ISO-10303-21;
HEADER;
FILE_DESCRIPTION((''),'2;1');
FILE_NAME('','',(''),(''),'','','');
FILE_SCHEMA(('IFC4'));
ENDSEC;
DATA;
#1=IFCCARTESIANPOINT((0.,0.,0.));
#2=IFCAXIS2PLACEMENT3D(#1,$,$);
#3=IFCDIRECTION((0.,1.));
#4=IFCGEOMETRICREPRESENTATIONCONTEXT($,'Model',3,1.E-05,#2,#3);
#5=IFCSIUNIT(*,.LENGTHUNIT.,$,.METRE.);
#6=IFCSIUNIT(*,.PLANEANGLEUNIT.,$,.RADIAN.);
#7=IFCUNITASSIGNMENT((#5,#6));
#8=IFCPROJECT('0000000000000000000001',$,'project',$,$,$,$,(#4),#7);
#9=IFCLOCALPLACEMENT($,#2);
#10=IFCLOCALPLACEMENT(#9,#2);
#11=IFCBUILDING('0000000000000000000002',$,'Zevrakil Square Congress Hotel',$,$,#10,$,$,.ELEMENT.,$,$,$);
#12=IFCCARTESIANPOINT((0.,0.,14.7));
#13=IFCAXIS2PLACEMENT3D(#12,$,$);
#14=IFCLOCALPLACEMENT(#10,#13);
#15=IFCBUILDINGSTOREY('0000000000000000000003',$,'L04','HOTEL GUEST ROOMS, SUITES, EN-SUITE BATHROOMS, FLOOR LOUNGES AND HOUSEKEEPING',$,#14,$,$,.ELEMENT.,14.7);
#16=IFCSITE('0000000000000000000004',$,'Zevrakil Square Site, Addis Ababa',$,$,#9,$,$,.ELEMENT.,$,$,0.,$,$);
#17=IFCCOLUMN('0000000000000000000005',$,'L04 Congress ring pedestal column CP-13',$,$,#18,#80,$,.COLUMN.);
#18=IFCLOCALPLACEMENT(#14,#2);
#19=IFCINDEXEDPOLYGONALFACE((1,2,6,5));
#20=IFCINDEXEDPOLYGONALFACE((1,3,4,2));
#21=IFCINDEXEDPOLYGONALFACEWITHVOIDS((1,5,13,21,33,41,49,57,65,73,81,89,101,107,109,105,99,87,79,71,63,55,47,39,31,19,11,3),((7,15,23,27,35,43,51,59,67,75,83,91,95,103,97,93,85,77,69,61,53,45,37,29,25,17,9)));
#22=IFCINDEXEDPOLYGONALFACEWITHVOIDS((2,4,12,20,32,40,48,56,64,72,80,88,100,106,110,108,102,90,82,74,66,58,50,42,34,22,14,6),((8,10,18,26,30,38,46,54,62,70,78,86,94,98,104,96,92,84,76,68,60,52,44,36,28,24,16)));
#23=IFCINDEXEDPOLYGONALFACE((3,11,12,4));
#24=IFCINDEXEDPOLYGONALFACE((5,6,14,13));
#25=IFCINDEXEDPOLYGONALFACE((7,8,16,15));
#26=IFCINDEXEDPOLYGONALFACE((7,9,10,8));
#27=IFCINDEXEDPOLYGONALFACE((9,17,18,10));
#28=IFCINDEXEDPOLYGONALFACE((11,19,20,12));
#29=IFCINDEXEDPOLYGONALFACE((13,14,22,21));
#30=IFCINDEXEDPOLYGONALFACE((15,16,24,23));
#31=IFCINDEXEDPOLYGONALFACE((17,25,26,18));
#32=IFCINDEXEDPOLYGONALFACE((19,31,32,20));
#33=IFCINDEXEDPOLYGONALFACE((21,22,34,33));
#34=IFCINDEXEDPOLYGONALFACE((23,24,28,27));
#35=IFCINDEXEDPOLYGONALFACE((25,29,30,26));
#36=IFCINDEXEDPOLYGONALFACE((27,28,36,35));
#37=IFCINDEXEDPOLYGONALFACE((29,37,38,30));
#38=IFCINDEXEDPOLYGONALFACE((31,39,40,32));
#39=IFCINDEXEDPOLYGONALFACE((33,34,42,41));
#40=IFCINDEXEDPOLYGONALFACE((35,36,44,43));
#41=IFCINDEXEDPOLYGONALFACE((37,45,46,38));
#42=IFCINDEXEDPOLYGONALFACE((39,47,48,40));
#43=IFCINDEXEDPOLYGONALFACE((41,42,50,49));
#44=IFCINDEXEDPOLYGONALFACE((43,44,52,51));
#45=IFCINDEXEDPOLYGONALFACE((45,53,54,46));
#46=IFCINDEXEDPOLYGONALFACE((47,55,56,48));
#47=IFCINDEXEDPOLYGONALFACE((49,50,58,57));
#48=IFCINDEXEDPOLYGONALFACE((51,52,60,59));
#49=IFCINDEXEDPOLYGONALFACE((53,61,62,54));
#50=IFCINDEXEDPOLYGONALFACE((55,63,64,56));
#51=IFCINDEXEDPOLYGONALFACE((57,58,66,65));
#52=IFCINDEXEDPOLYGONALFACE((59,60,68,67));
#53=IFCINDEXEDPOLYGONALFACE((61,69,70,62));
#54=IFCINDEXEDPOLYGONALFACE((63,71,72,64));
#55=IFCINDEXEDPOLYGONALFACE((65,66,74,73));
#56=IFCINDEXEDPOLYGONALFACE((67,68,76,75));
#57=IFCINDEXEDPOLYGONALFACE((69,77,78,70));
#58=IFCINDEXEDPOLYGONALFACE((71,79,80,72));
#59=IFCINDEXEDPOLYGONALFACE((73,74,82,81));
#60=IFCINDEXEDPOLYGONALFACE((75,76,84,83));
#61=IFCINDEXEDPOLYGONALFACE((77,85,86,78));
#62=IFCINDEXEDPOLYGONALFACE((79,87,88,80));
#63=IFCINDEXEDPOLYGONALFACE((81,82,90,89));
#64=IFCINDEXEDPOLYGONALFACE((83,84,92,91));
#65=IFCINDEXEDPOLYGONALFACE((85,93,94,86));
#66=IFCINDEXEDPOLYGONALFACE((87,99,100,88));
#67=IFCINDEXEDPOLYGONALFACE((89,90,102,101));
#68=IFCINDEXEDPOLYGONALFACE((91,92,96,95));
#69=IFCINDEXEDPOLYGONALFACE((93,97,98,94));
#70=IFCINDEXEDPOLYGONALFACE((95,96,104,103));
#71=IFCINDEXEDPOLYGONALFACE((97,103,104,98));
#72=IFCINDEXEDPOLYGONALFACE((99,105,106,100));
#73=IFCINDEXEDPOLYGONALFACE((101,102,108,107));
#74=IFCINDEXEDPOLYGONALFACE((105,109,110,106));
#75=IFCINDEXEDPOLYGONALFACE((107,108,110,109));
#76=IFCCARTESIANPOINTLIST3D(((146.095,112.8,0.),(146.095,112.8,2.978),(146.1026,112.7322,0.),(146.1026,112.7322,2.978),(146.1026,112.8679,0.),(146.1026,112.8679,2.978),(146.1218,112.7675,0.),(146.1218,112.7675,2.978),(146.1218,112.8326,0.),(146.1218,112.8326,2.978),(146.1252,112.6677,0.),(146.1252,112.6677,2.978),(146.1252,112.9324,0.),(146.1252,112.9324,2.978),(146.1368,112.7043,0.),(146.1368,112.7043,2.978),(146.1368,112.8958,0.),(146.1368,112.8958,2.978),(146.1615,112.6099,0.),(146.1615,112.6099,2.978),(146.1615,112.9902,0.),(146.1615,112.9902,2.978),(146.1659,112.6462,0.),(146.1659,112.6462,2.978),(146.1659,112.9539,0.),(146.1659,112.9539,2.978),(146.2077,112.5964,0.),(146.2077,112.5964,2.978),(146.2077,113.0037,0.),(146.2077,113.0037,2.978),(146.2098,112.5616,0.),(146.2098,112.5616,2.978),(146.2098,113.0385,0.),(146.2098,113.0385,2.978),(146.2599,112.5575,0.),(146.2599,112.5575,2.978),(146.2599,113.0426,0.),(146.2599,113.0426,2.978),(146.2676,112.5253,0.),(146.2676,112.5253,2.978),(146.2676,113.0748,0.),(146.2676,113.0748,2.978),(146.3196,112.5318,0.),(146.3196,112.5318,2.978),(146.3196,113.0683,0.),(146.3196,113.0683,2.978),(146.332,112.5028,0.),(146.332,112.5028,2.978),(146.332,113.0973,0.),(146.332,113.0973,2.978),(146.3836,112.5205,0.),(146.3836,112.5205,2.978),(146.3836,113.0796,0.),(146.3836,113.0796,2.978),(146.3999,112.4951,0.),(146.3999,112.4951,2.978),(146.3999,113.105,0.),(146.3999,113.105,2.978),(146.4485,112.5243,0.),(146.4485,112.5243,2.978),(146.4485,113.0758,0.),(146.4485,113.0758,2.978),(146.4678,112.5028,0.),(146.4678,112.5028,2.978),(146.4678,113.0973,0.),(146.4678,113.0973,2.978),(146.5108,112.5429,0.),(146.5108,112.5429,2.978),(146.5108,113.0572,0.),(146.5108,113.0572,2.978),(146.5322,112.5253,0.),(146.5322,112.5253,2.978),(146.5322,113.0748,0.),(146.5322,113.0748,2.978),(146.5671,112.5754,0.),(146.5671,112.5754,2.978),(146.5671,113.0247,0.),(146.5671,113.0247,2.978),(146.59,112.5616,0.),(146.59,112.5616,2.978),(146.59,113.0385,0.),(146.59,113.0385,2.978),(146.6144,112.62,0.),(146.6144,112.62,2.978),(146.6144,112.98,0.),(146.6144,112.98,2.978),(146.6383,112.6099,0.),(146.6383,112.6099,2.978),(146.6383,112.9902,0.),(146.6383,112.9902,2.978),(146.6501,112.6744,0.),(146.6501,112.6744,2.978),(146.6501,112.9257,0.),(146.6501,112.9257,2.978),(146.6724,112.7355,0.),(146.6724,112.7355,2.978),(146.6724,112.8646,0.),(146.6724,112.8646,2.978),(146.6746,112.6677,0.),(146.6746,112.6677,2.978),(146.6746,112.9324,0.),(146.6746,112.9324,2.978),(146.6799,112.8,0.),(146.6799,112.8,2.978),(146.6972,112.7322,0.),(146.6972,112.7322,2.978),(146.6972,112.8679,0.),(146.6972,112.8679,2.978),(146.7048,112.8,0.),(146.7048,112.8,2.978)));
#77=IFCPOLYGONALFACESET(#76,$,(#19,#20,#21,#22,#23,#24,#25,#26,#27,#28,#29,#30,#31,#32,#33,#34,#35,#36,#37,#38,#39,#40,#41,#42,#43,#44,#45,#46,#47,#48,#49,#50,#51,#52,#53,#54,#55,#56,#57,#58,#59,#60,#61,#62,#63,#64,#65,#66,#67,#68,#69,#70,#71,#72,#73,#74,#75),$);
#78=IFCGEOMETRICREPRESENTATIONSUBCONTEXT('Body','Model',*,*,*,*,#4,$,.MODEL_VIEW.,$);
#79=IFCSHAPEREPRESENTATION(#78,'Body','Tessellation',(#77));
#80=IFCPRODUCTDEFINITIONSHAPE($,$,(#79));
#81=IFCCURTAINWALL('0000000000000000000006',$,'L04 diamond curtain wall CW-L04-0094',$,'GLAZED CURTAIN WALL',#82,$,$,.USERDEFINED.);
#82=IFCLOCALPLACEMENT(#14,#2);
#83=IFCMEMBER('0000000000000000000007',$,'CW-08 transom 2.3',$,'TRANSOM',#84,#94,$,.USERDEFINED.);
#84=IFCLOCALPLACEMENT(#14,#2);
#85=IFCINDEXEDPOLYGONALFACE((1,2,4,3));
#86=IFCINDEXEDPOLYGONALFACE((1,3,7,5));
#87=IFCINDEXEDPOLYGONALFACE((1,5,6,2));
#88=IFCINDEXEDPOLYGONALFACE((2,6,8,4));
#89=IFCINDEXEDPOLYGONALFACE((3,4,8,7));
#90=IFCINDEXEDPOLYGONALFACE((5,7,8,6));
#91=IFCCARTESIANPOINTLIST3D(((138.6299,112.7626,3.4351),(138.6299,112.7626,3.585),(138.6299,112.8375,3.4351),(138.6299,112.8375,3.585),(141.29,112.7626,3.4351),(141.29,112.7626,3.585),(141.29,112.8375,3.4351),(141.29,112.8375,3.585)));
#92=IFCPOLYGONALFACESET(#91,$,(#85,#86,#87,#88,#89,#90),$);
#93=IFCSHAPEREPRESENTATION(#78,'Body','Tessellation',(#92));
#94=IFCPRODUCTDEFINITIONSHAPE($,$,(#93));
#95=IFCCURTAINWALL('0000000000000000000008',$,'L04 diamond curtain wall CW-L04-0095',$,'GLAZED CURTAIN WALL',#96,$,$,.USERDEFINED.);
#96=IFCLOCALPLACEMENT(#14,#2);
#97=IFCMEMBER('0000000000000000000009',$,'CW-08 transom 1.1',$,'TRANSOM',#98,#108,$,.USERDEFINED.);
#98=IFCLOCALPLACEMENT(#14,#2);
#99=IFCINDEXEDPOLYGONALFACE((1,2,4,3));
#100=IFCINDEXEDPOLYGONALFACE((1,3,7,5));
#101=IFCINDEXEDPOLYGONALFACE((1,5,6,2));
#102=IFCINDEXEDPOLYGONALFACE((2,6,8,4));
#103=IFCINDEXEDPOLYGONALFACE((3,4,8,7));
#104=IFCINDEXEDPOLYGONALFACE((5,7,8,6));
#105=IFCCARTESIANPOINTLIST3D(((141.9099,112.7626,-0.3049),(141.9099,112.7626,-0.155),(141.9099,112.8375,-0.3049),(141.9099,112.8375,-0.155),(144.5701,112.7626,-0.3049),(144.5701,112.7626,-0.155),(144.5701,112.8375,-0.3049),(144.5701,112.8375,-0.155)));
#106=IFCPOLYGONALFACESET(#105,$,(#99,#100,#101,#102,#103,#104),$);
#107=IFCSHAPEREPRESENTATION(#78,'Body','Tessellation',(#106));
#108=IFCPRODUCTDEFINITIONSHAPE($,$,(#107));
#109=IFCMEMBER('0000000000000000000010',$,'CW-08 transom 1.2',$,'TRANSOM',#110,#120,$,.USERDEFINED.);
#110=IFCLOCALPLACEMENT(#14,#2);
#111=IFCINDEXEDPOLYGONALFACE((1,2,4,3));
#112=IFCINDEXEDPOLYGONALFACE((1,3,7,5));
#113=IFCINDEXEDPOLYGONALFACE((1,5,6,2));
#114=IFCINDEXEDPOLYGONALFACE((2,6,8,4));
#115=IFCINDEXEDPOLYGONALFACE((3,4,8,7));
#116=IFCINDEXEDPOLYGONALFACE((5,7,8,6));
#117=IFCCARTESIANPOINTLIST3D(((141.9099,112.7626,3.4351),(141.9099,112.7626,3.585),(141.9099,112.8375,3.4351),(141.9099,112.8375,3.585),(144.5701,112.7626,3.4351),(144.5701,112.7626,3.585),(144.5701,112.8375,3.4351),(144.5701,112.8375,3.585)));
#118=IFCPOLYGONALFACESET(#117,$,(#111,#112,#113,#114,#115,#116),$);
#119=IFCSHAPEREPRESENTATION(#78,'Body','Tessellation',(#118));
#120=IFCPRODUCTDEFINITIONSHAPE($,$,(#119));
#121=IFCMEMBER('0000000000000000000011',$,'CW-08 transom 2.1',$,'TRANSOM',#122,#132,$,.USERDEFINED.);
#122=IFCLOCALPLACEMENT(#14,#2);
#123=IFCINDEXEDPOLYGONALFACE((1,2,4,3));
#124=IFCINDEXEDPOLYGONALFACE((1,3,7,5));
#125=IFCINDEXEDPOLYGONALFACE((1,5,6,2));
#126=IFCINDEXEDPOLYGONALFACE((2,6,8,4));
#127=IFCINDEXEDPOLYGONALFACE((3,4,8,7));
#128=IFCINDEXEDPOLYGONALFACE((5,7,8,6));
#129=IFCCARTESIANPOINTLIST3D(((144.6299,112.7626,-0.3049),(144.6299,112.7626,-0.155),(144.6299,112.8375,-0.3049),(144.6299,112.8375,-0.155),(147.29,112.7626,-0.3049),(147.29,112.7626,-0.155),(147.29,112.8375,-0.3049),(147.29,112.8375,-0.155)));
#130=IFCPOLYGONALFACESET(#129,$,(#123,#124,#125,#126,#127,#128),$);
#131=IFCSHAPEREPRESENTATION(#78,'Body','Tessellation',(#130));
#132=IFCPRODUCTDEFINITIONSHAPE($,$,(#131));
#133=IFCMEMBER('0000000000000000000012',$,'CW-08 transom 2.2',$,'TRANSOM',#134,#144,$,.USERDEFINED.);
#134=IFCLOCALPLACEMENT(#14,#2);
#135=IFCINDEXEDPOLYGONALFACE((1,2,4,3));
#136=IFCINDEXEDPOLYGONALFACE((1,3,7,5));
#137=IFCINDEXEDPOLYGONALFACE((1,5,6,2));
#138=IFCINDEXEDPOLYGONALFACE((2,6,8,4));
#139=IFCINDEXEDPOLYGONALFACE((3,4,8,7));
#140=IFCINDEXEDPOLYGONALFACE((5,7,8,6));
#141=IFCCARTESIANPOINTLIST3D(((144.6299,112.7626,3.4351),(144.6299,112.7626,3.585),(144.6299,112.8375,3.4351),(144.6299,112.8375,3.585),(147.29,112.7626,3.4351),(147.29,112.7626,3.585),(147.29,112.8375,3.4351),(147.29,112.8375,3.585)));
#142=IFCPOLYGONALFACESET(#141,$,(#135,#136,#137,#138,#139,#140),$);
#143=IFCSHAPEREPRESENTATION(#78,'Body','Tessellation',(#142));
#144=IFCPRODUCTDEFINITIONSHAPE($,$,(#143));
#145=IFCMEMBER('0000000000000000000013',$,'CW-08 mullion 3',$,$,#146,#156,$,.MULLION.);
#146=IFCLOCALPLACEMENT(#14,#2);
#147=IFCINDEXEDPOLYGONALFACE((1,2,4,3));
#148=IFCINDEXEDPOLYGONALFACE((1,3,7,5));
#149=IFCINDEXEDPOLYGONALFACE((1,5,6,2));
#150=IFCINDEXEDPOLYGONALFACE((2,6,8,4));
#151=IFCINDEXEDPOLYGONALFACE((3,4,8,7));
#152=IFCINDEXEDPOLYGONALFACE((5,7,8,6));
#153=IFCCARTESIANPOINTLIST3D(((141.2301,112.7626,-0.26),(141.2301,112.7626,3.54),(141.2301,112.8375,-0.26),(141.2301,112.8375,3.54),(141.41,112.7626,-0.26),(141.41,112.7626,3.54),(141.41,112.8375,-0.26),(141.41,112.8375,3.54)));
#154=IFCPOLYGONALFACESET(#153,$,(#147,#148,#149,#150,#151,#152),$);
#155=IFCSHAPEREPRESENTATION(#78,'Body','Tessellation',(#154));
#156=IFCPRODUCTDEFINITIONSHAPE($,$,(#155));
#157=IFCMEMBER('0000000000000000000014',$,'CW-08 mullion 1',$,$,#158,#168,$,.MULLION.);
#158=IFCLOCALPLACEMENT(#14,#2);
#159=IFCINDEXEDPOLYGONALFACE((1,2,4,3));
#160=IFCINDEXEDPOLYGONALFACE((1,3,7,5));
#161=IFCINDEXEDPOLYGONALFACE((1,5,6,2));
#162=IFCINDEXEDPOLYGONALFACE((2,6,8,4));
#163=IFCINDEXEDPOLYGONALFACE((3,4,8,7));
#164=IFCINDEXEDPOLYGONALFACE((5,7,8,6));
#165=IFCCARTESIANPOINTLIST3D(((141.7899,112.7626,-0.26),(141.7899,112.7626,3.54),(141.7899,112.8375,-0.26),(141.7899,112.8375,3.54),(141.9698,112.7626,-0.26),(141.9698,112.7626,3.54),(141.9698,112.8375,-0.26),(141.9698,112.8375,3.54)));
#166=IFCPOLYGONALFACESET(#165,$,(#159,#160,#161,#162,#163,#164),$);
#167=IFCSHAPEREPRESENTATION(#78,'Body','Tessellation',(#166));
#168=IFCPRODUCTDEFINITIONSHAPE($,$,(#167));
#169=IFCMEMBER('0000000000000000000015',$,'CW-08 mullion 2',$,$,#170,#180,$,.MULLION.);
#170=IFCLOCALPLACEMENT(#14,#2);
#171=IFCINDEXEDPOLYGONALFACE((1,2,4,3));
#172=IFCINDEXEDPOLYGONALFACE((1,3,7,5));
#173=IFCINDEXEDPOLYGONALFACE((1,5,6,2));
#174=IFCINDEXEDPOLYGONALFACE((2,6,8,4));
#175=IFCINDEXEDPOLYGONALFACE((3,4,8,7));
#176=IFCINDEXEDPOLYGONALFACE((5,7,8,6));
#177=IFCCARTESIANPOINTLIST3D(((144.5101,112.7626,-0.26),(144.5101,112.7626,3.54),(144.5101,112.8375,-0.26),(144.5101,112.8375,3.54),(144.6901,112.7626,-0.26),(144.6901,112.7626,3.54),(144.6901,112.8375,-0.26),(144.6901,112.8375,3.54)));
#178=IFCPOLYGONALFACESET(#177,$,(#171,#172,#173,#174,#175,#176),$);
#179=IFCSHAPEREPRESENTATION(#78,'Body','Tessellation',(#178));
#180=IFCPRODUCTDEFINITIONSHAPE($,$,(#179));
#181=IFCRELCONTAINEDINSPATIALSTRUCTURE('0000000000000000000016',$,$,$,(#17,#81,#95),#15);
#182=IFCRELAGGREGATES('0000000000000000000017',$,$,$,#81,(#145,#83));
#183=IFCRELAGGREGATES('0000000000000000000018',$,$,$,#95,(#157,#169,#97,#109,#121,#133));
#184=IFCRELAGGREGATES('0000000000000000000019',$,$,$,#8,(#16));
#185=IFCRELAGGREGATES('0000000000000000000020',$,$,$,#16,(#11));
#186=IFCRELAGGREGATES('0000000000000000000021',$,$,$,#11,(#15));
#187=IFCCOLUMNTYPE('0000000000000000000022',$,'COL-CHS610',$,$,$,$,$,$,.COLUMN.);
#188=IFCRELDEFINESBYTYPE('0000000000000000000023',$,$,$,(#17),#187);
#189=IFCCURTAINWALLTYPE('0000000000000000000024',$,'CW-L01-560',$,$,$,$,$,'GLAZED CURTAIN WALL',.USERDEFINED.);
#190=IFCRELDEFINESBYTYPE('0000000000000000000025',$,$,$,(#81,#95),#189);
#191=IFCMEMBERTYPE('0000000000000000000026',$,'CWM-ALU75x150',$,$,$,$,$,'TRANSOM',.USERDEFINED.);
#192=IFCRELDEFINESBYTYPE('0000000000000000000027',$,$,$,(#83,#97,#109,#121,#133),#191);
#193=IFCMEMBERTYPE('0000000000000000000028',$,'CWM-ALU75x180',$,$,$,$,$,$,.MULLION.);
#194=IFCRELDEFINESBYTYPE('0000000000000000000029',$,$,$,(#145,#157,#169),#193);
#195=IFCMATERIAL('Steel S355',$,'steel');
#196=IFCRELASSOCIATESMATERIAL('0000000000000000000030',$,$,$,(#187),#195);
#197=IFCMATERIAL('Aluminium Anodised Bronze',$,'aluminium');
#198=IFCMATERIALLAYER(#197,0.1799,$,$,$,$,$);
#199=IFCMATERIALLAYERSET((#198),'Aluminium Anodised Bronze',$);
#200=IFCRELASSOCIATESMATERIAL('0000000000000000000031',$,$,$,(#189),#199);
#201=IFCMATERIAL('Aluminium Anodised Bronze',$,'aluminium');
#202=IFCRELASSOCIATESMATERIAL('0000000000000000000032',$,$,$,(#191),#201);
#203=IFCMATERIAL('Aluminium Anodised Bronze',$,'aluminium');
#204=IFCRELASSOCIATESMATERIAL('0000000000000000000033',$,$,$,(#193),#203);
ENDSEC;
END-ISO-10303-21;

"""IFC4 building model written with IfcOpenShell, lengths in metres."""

from ifc_helpers import new_model, si_unit, direction, frame, origin, origin_2d, place, context, subcontext, project, spatial, rectangle, hollow_circle, extrude, material, layer, layer_set, material_profile, profile_set, type_object, element, aggregate, save


model = new_model("IFC4")

# Units and contexts
model_context = context("Model", 3, precision=1e-05, world=origin(), true_north=direction((0.0, 1.0)))
body_context = subcontext(model_context, "Body", "Model", "MODEL_VIEW")
ifc_project = project(units=[si_unit("LENGTHUNIT", "METRE"), si_unit("PLANEANGLEUNIT", "RADIAN")], contexts=[model_context])

# Site, building, storey
site_placement = place(None, origin())
site = spatial("IfcSite", under=ifc_project, at=site_placement, Name="Zevrakil Square Site, Addis Ababa", CompositionType="ELEMENT", RefElevation=0.0)
building_placement = place(site_placement, origin())
building = spatial("IfcBuilding", under=site, at=building_placement, Name="Zevrakil Square Congress Hotel", CompositionType="ELEMENT")
storey_placement = place(building_placement, frame((0.0, 0.0, 14.7)))
storey = spatial("IfcBuildingStorey", under=building, at=storey_placement, Name="L04", Description="HOTEL GUEST ROOMS, SUITES, EN-SUITE BATHROOMS, FLOOR LOUNGES AND HOUSEKEEPING", CompositionType="ELEMENT", Elevation=14.7)

# Column
ifc_material_1 = material(Name="Steel S355", Category="steel")
ifc_material_profile_1 = material_profile(ifc_material_1, hollow_circle(Radius=0.3049, WallThickness=0.0249, at=origin_2d()), Name="CHS 610x25")
ifc_profile_set_1 = profile_set([ifc_material_profile_1], Name="Steel S355")
column_type = type_object("IfcColumnType", Name="COL-CHS610", PredefinedType="COLUMN", material=ifc_profile_set_1)
column_placement = place(storey_placement, frame((146.3999, 112.8, 0.0), z_axis=(0.0, 0.0, 1.0), x_axis=(1.0, 0.0, 0.0)))
element("IfcColumn", 1, at=column_placement, inside=storey, type_object=column_type, Name="L04 Congress ring pedestal column CP-13", PredefinedType="COLUMN", context=body_context, shape_type="SweptSolid", body=[
    extrude(hollow_circle(Radius=0.3049, WallThickness=0.0249, at=origin_2d()), origin(), (0.0, 0.0, 1.0), 2.978),
])

# Curtain wall, member
ifc_material_2 = material(Name="Aluminium Anodised Bronze", Category="aluminium")
ifc_layer_1 = layer(ifc_material_2, 0.1799)
ifc_layer_set_1 = layer_set([ifc_layer_1], Name="Aluminium Anodised Bronze")
curtain_wall_type = type_object("IfcCurtainWallType", Name="CW-L01-560", ElementType="GLAZED CURTAIN WALL", PredefinedType="USERDEFINED", material=ifc_layer_set_1)
curtain_wall_1_placement = place(storey_placement, origin())
curtain_wall_1 = element("IfcCurtainWall", 2, at=curtain_wall_1_placement, inside=storey, type_object=curtain_wall_type, Name="L04 diamond curtain wall CW-L04-0094", ObjectType="GLAZED CURTAIN WALL", PredefinedType="USERDEFINED")
ifc_material_3 = material(Name="Aluminium Anodised Bronze", Category="aluminium")
ifc_material_profile_2 = material_profile(ifc_material_3, rectangle(XDim=0.075, YDim=0.1499, at=origin_2d()), Name="ALU 75x150")
ifc_profile_set_2 = profile_set([ifc_material_profile_2], Name="Aluminium Anodised Bronze")
member_type_1 = type_object("IfcMemberType", Name="CWM-ALU75x150", ElementType="TRANSOM", PredefinedType="USERDEFINED", material=ifc_profile_set_2)
member_1_placement = place(storey_placement, frame((138.6299, 112.8, 3.51), z_axis=(1.0, 0.0, 0.0), x_axis=(0.0, 1.0, 0.0)))
member_1 = element("IfcMember", 3, at=member_1_placement, type_object=member_type_1, Name="CW-08 transom 2.3", ObjectType="TRANSOM", PredefinedType="USERDEFINED", context=body_context, shape_type="SweptSolid", body=[
    extrude(rectangle(XDim=0.075, YDim=0.1499, at=origin_2d()), origin(), (0.0, 0.0, 1.0), 2.6602),
])

# Curtain wall, members
curtain_wall_2_placement = place(storey_placement, origin())
curtain_wall_2 = element("IfcCurtainWall", 4, at=curtain_wall_2_placement, inside=storey, type_object=curtain_wall_type, Name="L04 diamond curtain wall CW-L04-0095", ObjectType="GLAZED CURTAIN WALL", PredefinedType="USERDEFINED")
member_2_placement = place(storey_placement, frame((141.9099, 112.8, -0.23), z_axis=(1.0, 0.0, 0.0), x_axis=(0.0, 1.0, 0.0)))
member_2 = element("IfcMember", 5, at=member_2_placement, type_object=member_type_1, Name="CW-08 transom 1.1", ObjectType="TRANSOM", PredefinedType="USERDEFINED", context=body_context, shape_type="SweptSolid", body=[
    extrude(rectangle(XDim=0.075, YDim=0.1499, at=origin_2d()), origin(), (0.0, 0.0, 1.0), 2.6602),
])
member_3_placement = place(storey_placement, frame((141.9099, 112.8, 3.51), z_axis=(1.0, 0.0, 0.0), x_axis=(0.0, 1.0, 0.0)))
member_3 = element("IfcMember", 6, at=member_3_placement, type_object=member_type_1, Name="CW-08 transom 1.2", ObjectType="TRANSOM", PredefinedType="USERDEFINED", context=body_context, shape_type="SweptSolid", body=[
    extrude(rectangle(XDim=0.075, YDim=0.1499, at=origin_2d()), origin(), (0.0, 0.0, 1.0), 2.6602),
])
member_4_placement = place(storey_placement, frame((144.6299, 112.8, -0.23), z_axis=(1.0, 0.0, 0.0), x_axis=(0.0, 1.0, 0.0)))
member_4 = element("IfcMember", 7, at=member_4_placement, type_object=member_type_1, Name="CW-08 transom 2.1", ObjectType="TRANSOM", PredefinedType="USERDEFINED", context=body_context, shape_type="SweptSolid", body=[
    extrude(rectangle(XDim=0.075, YDim=0.1499, at=origin_2d()), origin(), (0.0, 0.0, 1.0), 2.6602),
])
member_5_placement = place(storey_placement, frame((144.6299, 112.8, 3.51), z_axis=(1.0, 0.0, 0.0), x_axis=(0.0, 1.0, 0.0)))
member_5 = element("IfcMember", 8, at=member_5_placement, type_object=member_type_1, Name="CW-08 transom 2.2", ObjectType="TRANSOM", PredefinedType="USERDEFINED", context=body_context, shape_type="SweptSolid", body=[
    extrude(rectangle(XDim=0.075, YDim=0.1499, at=origin_2d()), origin(), (0.0, 0.0, 1.0), 2.6602),
])

# Members
ifc_material_4 = material(Name="Aluminium Anodised Bronze", Category="aluminium")
ifc_material_profile_3 = material_profile(ifc_material_4, rectangle(XDim=0.075, YDim=0.1799, at=origin_2d()), Name="ALU 75x180")
ifc_profile_set_3 = profile_set([ifc_material_profile_3], Name="Aluminium Anodised Bronze")
member_type_2 = type_object("IfcMemberType", Name="CWM-ALU75x180", PredefinedType="MULLION", material=ifc_profile_set_3)
member_6_placement = place(storey_placement, frame((141.3201, 112.8, -0.26), z_axis=(0.0, 0.0, 1.0), x_axis=(0.0, 1.0, 0.0)))
member_6 = element("IfcMember", 9, at=member_6_placement, type_object=member_type_2, Name="CW-08 mullion 3", PredefinedType="MULLION", context=body_context, shape_type="SweptSolid", body=[
    extrude(rectangle(XDim=0.075, YDim=0.1799, at=origin_2d()), origin(), (0.0, 0.0, 1.0), 3.8),
])
member_7_placement = place(storey_placement, frame((141.8799, 112.8, -0.26), z_axis=(0.0, 0.0, 1.0), x_axis=(0.0, 1.0, 0.0)))
member_7 = element("IfcMember", 10, at=member_7_placement, type_object=member_type_2, Name="CW-08 mullion 1", PredefinedType="MULLION", context=body_context, shape_type="SweptSolid", body=[
    extrude(rectangle(XDim=0.075, YDim=0.1799, at=origin_2d()), origin(), (0.0, 0.0, 1.0), 3.8),
])
member_8_placement = place(storey_placement, frame((144.6001, 112.8, -0.26), z_axis=(0.0, 0.0, 1.0), x_axis=(0.0, 1.0, 0.0)))
member_8 = element("IfcMember", 11, at=member_8_placement, type_object=member_type_2, Name="CW-08 mullion 2", PredefinedType="MULLION", context=body_context, shape_type="SweptSolid", body=[
    extrude(rectangle(XDim=0.075, YDim=0.1799, at=origin_2d()), origin(), (0.0, 0.0, 1.0), 3.8),
])

aggregate(curtain_wall_1, [member_6, member_1])
aggregate(curtain_wall_2, [member_7, member_8, member_2, member_3, member_4, member_5])

save(model, "model.ifc")
